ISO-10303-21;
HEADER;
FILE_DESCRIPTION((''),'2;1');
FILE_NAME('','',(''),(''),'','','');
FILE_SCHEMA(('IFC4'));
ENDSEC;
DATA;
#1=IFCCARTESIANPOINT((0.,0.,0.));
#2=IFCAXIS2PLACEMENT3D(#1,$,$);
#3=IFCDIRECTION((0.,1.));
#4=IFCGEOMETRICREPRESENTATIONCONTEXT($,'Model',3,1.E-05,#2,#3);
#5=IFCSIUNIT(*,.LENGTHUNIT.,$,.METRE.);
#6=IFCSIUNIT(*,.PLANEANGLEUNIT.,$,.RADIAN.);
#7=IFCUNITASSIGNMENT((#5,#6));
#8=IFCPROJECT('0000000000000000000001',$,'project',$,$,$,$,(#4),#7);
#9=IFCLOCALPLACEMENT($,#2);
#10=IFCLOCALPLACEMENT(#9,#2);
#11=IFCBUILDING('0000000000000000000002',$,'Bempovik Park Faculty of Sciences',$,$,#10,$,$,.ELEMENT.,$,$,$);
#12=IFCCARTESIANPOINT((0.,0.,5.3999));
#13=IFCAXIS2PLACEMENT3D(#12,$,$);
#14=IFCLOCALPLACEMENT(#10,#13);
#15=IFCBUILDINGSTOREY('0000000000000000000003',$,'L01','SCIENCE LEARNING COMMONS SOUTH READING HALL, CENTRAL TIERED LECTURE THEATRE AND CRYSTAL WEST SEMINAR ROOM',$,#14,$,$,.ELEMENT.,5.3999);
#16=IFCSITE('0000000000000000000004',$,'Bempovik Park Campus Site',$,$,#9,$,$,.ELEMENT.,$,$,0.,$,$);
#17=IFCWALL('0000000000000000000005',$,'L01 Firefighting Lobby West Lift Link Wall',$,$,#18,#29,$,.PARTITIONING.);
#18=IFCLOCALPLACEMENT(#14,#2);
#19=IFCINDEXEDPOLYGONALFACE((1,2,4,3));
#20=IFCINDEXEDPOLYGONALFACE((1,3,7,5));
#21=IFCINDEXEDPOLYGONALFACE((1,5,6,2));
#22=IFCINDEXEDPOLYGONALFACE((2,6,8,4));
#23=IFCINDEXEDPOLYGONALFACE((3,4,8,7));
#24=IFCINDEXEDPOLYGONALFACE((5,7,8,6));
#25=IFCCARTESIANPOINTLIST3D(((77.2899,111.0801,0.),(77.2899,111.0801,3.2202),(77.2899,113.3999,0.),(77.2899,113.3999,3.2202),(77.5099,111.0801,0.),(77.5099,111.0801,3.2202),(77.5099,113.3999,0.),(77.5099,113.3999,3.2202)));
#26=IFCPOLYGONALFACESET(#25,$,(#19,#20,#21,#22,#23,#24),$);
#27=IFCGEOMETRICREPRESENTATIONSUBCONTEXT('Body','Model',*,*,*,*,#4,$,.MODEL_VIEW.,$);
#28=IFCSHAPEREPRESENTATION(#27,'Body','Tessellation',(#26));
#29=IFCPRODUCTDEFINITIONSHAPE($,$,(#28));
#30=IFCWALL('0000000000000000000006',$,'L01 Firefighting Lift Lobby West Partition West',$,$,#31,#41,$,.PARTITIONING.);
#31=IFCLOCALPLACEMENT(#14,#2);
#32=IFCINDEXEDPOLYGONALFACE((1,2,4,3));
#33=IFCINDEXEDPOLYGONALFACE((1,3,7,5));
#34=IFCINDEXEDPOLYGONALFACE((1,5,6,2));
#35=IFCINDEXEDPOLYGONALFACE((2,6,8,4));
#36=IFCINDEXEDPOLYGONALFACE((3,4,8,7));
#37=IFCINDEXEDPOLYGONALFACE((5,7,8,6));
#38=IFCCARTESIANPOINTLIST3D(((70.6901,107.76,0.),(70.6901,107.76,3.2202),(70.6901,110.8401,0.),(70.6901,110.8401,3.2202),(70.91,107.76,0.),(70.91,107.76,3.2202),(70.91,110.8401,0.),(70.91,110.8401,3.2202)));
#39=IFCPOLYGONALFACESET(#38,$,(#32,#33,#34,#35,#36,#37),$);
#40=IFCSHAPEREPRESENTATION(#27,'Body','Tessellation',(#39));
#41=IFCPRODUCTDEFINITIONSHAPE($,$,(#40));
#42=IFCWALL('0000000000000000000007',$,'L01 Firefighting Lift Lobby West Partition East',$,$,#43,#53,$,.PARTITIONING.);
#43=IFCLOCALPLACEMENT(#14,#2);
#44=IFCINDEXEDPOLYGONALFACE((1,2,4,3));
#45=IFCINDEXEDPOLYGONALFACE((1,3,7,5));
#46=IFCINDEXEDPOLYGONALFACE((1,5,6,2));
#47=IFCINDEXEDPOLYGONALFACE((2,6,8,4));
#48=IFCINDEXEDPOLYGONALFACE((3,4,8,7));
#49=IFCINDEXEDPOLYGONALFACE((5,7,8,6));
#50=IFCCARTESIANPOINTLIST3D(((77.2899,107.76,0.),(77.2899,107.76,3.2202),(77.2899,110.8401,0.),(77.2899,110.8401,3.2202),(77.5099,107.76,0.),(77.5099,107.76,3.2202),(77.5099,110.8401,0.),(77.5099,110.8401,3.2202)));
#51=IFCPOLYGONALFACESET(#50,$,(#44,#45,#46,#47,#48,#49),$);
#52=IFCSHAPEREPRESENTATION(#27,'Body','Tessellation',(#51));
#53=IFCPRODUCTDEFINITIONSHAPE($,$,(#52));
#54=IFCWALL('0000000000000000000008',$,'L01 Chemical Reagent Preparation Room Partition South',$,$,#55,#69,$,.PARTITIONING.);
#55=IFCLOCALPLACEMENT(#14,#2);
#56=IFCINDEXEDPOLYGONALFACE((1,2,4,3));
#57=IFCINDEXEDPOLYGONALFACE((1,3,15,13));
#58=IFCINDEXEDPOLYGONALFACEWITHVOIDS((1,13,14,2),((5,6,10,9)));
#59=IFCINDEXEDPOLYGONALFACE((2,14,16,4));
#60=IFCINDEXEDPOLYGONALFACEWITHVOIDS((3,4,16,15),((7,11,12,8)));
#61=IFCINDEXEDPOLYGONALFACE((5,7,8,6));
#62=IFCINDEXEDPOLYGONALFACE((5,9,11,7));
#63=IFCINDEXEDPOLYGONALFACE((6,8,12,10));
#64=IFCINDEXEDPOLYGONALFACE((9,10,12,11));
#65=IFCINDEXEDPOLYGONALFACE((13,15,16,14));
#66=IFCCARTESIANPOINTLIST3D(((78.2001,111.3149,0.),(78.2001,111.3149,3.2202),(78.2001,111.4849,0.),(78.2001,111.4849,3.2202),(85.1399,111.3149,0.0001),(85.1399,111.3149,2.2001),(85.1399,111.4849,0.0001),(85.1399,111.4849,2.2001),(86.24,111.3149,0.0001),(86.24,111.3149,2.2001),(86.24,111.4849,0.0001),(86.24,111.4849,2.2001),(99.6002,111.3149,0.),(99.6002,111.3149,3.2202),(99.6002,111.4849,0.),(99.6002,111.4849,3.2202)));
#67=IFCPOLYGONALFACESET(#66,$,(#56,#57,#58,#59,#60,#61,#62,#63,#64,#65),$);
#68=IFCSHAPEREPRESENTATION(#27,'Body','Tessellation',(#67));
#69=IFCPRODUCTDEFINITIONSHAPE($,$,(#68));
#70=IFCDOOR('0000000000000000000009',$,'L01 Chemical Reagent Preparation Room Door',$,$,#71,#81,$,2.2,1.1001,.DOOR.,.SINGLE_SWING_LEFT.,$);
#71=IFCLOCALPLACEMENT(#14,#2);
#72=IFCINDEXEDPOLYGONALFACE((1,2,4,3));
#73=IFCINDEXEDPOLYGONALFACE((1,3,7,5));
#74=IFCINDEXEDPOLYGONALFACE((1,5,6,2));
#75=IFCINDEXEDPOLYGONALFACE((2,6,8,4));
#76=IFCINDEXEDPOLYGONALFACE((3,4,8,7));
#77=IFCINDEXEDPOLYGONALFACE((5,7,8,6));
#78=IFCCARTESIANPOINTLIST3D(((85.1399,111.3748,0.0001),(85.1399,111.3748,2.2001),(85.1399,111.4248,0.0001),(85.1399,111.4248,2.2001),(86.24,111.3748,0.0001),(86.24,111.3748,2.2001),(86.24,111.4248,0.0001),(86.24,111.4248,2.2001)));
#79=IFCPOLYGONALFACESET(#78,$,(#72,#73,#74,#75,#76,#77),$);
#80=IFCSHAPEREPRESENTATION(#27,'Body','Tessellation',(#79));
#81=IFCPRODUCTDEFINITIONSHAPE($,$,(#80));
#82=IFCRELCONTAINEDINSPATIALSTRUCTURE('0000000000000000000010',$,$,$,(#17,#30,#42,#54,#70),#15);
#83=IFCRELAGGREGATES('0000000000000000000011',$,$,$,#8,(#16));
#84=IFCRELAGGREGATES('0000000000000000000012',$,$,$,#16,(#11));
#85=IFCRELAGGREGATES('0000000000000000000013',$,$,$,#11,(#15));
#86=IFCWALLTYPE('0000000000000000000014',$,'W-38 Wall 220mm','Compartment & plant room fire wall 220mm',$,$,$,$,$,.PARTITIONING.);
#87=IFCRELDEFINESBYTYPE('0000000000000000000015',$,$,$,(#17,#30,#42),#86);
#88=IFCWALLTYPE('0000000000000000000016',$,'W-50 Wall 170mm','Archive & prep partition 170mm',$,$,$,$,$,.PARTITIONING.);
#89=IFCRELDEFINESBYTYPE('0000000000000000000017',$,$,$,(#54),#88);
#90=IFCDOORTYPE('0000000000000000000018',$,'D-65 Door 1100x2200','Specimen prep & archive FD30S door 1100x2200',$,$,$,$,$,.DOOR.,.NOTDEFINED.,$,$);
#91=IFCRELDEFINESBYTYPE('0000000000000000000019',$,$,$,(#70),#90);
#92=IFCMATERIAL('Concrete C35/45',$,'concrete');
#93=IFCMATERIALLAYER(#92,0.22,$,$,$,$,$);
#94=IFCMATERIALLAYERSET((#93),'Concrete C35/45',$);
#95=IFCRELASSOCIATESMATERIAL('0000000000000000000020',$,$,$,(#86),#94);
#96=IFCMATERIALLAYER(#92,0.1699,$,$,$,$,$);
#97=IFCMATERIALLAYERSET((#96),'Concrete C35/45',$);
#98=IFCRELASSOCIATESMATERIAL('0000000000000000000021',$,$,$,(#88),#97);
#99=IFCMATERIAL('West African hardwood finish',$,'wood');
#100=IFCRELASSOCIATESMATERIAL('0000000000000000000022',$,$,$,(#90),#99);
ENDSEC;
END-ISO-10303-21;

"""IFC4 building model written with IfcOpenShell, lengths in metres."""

from ifc_helpers import new_model, si_unit, direction, frame, frame_2d, origin, place, context, subcontext, project, spatial, rectangle, extrude, material, layer, layer_set, type_object, element, fill, save


model = new_model("IFC4")

# Units and contexts
model_context = context("Model", 3, precision=1e-05, world=origin(), true_north=direction((0.0, 1.0)))
body_context = subcontext(model_context, "Body", "Model", "MODEL_VIEW")
ifc_project = project(units=[si_unit("LENGTHUNIT", "METRE"), si_unit("PLANEANGLEUNIT", "RADIAN")], contexts=[model_context])

# Site, building, storey
site_placement = place(None, origin())
site = spatial("IfcSite", under=ifc_project, at=site_placement, Name="Bempovik Park Campus Site", CompositionType="ELEMENT", RefElevation=0.0)
building_placement = place(site_placement, origin())
building = spatial("IfcBuilding", under=site, at=building_placement, Name="Bempovik Park Faculty of Sciences", CompositionType="ELEMENT")
storey_placement = place(building_placement, frame((0.0, 0.0, 5.3999)))
storey = spatial("IfcBuildingStorey", under=building, at=storey_placement, Name="L01", Description="SCIENCE LEARNING COMMONS SOUTH READING HALL, CENTRAL TIERED LECTURE THEATRE AND CRYSTAL WEST SEMINAR ROOM", CompositionType="ELEMENT", Elevation=5.3999)

# Shared definitions
ifc_material_1 = material(Name="Concrete C35/45", Category="concrete")

# Shared definitions
ifc_material_2 = material(Name="West African hardwood finish", Category="wood")

# Shared definitions
ifc_layer_1 = layer(ifc_material_1, 0.22)
ifc_layer_set_1 = layer_set([ifc_layer_1], Name="Concrete C35/45")
wall_type_1 = type_object("IfcWallType", Name="W-38 Wall 220mm", Description="Compartment & plant room fire wall 220mm", PredefinedType="PARTITIONING", material=ifc_layer_set_1)

# Walls
wall_1_placement = place(storey_placement, frame((77.3999, 111.0801, 0.0), z_axis=(0.0, 0.0, 1.0), x_axis=(0.0, 1.0, 0.0)))
element("IfcWall", 1, at=wall_1_placement, inside=storey, type_object=wall_type_1, Name="L01 Firefighting Lobby West Lift Link Wall", PredefinedType="PARTITIONING", context=body_context, shape_type="SweptSolid", body=[
    extrude(rectangle(XDim=2.3198, YDim=0.22, at=frame_2d((1.1599, 0.0))), origin(), (0.0, 0.0, 1.0), 3.2202),
])
for number, where, z_axis, x_axis, name in (
    (2, (70.8, 107.76, 0.0), (0.0, 0.0, 1.0), (0.0, 1.0, 0.0), "L01 Firefighting Lift Lobby West Partition West"),
    (3, (77.3999, 107.76, 0.0), (0.0, 0.0, 1.0), (0.0, 1.0, 0.0), "L01 Firefighting Lift Lobby West Partition East"),
):
    element("IfcWall", number, at=place(storey_placement, frame(where, z_axis=z_axis, x_axis=x_axis)), inside=storey, type_object=wall_type_1, Name=name, PredefinedType="PARTITIONING", context=body_context, shape_type="SweptSolid", body=[
        extrude(rectangle(XDim=3.0801, YDim=0.22, at=frame_2d((1.54, 0.0))), origin(), (0.0, 0.0, 1.0), 3.2202),
    ])

# Wall, opening, door
ifc_layer_2 = layer(ifc_material_1, 0.1699)
ifc_layer_set_2 = layer_set([ifc_layer_2], Name="Concrete C35/45")
wall_type_2 = type_object("IfcWallType", Name="W-50 Wall 170mm", Description="Archive & prep partition 170mm", PredefinedType="PARTITIONING", material=ifc_layer_set_2)
wall_2_placement = place(storey_placement, frame((78.2, 111.3999, 0.0), z_axis=(0.0, 0.0, 1.0), x_axis=(1.0, 0.0, 0.0)))
wall_2 = element("IfcWall", 4, at=wall_2_placement, inside=storey, type_object=wall_type_2, Name="L01 Chemical Reagent Preparation Room Partition South", PredefinedType="PARTITIONING", context=body_context, shape_type="SweptSolid", body=[
    extrude(rectangle(XDim=21.4001, YDim=0.1699, at=frame_2d((10.7002, 0.0))), origin(), (0.0, 0.0, 1.0), 3.2202),
])
opening_1_placement = place(wall_2_placement, frame((6.9399, 0.0, 0.0)))
opening_1 = element("IfcOpeningElement", 5, at=opening_1_placement, cuts=wall_2, PredefinedType="OPENING", context=body_context, shape_type="SweptSolid", body=[
    extrude(rectangle(XDim=1.1001, YDim=2.2, at=frame_2d((0.55, 1.1001))), frame((0.0, 0.095, 0.0), z_axis=(0.0, -1.0, 0.0), x_axis=(1.0, 0.0, 0.0)), (0.0, 0.0, 1.0), 0.1899),
])
door_type_1 = type_object("IfcDoorType", Name="D-65 Door 1100x2200", Description="Specimen prep & archive FD30S door 1100x2200", OperationType="NOTDEFINED", PredefinedType="DOOR", material=ifc_material_2)
door_1_placement = place(opening_1_placement, origin())
door_1 = element("IfcDoor", 6, at=door_1_placement, inside=storey, type_object=door_type_1, Name="L01 Chemical Reagent Preparation Room Door", OperationType="SINGLE_SWING_LEFT", OverallHeight=2.2, OverallWidth=1.1001, PredefinedType="DOOR", context=body_context, shape_type="SweptSolid", body=[
    extrude(rectangle(XDim=1.1001, YDim=2.2, at=frame_2d((0.55, 1.1001))), frame((0.0, 0.0249, 0.0), z_axis=(0.0, -1.0, 0.0), x_axis=(1.0, 0.0, 0.0)), (0.0, 0.0, 1.0), 0.05),
])
fill(opening_1, door_1)

save(model, "model.ifc")
